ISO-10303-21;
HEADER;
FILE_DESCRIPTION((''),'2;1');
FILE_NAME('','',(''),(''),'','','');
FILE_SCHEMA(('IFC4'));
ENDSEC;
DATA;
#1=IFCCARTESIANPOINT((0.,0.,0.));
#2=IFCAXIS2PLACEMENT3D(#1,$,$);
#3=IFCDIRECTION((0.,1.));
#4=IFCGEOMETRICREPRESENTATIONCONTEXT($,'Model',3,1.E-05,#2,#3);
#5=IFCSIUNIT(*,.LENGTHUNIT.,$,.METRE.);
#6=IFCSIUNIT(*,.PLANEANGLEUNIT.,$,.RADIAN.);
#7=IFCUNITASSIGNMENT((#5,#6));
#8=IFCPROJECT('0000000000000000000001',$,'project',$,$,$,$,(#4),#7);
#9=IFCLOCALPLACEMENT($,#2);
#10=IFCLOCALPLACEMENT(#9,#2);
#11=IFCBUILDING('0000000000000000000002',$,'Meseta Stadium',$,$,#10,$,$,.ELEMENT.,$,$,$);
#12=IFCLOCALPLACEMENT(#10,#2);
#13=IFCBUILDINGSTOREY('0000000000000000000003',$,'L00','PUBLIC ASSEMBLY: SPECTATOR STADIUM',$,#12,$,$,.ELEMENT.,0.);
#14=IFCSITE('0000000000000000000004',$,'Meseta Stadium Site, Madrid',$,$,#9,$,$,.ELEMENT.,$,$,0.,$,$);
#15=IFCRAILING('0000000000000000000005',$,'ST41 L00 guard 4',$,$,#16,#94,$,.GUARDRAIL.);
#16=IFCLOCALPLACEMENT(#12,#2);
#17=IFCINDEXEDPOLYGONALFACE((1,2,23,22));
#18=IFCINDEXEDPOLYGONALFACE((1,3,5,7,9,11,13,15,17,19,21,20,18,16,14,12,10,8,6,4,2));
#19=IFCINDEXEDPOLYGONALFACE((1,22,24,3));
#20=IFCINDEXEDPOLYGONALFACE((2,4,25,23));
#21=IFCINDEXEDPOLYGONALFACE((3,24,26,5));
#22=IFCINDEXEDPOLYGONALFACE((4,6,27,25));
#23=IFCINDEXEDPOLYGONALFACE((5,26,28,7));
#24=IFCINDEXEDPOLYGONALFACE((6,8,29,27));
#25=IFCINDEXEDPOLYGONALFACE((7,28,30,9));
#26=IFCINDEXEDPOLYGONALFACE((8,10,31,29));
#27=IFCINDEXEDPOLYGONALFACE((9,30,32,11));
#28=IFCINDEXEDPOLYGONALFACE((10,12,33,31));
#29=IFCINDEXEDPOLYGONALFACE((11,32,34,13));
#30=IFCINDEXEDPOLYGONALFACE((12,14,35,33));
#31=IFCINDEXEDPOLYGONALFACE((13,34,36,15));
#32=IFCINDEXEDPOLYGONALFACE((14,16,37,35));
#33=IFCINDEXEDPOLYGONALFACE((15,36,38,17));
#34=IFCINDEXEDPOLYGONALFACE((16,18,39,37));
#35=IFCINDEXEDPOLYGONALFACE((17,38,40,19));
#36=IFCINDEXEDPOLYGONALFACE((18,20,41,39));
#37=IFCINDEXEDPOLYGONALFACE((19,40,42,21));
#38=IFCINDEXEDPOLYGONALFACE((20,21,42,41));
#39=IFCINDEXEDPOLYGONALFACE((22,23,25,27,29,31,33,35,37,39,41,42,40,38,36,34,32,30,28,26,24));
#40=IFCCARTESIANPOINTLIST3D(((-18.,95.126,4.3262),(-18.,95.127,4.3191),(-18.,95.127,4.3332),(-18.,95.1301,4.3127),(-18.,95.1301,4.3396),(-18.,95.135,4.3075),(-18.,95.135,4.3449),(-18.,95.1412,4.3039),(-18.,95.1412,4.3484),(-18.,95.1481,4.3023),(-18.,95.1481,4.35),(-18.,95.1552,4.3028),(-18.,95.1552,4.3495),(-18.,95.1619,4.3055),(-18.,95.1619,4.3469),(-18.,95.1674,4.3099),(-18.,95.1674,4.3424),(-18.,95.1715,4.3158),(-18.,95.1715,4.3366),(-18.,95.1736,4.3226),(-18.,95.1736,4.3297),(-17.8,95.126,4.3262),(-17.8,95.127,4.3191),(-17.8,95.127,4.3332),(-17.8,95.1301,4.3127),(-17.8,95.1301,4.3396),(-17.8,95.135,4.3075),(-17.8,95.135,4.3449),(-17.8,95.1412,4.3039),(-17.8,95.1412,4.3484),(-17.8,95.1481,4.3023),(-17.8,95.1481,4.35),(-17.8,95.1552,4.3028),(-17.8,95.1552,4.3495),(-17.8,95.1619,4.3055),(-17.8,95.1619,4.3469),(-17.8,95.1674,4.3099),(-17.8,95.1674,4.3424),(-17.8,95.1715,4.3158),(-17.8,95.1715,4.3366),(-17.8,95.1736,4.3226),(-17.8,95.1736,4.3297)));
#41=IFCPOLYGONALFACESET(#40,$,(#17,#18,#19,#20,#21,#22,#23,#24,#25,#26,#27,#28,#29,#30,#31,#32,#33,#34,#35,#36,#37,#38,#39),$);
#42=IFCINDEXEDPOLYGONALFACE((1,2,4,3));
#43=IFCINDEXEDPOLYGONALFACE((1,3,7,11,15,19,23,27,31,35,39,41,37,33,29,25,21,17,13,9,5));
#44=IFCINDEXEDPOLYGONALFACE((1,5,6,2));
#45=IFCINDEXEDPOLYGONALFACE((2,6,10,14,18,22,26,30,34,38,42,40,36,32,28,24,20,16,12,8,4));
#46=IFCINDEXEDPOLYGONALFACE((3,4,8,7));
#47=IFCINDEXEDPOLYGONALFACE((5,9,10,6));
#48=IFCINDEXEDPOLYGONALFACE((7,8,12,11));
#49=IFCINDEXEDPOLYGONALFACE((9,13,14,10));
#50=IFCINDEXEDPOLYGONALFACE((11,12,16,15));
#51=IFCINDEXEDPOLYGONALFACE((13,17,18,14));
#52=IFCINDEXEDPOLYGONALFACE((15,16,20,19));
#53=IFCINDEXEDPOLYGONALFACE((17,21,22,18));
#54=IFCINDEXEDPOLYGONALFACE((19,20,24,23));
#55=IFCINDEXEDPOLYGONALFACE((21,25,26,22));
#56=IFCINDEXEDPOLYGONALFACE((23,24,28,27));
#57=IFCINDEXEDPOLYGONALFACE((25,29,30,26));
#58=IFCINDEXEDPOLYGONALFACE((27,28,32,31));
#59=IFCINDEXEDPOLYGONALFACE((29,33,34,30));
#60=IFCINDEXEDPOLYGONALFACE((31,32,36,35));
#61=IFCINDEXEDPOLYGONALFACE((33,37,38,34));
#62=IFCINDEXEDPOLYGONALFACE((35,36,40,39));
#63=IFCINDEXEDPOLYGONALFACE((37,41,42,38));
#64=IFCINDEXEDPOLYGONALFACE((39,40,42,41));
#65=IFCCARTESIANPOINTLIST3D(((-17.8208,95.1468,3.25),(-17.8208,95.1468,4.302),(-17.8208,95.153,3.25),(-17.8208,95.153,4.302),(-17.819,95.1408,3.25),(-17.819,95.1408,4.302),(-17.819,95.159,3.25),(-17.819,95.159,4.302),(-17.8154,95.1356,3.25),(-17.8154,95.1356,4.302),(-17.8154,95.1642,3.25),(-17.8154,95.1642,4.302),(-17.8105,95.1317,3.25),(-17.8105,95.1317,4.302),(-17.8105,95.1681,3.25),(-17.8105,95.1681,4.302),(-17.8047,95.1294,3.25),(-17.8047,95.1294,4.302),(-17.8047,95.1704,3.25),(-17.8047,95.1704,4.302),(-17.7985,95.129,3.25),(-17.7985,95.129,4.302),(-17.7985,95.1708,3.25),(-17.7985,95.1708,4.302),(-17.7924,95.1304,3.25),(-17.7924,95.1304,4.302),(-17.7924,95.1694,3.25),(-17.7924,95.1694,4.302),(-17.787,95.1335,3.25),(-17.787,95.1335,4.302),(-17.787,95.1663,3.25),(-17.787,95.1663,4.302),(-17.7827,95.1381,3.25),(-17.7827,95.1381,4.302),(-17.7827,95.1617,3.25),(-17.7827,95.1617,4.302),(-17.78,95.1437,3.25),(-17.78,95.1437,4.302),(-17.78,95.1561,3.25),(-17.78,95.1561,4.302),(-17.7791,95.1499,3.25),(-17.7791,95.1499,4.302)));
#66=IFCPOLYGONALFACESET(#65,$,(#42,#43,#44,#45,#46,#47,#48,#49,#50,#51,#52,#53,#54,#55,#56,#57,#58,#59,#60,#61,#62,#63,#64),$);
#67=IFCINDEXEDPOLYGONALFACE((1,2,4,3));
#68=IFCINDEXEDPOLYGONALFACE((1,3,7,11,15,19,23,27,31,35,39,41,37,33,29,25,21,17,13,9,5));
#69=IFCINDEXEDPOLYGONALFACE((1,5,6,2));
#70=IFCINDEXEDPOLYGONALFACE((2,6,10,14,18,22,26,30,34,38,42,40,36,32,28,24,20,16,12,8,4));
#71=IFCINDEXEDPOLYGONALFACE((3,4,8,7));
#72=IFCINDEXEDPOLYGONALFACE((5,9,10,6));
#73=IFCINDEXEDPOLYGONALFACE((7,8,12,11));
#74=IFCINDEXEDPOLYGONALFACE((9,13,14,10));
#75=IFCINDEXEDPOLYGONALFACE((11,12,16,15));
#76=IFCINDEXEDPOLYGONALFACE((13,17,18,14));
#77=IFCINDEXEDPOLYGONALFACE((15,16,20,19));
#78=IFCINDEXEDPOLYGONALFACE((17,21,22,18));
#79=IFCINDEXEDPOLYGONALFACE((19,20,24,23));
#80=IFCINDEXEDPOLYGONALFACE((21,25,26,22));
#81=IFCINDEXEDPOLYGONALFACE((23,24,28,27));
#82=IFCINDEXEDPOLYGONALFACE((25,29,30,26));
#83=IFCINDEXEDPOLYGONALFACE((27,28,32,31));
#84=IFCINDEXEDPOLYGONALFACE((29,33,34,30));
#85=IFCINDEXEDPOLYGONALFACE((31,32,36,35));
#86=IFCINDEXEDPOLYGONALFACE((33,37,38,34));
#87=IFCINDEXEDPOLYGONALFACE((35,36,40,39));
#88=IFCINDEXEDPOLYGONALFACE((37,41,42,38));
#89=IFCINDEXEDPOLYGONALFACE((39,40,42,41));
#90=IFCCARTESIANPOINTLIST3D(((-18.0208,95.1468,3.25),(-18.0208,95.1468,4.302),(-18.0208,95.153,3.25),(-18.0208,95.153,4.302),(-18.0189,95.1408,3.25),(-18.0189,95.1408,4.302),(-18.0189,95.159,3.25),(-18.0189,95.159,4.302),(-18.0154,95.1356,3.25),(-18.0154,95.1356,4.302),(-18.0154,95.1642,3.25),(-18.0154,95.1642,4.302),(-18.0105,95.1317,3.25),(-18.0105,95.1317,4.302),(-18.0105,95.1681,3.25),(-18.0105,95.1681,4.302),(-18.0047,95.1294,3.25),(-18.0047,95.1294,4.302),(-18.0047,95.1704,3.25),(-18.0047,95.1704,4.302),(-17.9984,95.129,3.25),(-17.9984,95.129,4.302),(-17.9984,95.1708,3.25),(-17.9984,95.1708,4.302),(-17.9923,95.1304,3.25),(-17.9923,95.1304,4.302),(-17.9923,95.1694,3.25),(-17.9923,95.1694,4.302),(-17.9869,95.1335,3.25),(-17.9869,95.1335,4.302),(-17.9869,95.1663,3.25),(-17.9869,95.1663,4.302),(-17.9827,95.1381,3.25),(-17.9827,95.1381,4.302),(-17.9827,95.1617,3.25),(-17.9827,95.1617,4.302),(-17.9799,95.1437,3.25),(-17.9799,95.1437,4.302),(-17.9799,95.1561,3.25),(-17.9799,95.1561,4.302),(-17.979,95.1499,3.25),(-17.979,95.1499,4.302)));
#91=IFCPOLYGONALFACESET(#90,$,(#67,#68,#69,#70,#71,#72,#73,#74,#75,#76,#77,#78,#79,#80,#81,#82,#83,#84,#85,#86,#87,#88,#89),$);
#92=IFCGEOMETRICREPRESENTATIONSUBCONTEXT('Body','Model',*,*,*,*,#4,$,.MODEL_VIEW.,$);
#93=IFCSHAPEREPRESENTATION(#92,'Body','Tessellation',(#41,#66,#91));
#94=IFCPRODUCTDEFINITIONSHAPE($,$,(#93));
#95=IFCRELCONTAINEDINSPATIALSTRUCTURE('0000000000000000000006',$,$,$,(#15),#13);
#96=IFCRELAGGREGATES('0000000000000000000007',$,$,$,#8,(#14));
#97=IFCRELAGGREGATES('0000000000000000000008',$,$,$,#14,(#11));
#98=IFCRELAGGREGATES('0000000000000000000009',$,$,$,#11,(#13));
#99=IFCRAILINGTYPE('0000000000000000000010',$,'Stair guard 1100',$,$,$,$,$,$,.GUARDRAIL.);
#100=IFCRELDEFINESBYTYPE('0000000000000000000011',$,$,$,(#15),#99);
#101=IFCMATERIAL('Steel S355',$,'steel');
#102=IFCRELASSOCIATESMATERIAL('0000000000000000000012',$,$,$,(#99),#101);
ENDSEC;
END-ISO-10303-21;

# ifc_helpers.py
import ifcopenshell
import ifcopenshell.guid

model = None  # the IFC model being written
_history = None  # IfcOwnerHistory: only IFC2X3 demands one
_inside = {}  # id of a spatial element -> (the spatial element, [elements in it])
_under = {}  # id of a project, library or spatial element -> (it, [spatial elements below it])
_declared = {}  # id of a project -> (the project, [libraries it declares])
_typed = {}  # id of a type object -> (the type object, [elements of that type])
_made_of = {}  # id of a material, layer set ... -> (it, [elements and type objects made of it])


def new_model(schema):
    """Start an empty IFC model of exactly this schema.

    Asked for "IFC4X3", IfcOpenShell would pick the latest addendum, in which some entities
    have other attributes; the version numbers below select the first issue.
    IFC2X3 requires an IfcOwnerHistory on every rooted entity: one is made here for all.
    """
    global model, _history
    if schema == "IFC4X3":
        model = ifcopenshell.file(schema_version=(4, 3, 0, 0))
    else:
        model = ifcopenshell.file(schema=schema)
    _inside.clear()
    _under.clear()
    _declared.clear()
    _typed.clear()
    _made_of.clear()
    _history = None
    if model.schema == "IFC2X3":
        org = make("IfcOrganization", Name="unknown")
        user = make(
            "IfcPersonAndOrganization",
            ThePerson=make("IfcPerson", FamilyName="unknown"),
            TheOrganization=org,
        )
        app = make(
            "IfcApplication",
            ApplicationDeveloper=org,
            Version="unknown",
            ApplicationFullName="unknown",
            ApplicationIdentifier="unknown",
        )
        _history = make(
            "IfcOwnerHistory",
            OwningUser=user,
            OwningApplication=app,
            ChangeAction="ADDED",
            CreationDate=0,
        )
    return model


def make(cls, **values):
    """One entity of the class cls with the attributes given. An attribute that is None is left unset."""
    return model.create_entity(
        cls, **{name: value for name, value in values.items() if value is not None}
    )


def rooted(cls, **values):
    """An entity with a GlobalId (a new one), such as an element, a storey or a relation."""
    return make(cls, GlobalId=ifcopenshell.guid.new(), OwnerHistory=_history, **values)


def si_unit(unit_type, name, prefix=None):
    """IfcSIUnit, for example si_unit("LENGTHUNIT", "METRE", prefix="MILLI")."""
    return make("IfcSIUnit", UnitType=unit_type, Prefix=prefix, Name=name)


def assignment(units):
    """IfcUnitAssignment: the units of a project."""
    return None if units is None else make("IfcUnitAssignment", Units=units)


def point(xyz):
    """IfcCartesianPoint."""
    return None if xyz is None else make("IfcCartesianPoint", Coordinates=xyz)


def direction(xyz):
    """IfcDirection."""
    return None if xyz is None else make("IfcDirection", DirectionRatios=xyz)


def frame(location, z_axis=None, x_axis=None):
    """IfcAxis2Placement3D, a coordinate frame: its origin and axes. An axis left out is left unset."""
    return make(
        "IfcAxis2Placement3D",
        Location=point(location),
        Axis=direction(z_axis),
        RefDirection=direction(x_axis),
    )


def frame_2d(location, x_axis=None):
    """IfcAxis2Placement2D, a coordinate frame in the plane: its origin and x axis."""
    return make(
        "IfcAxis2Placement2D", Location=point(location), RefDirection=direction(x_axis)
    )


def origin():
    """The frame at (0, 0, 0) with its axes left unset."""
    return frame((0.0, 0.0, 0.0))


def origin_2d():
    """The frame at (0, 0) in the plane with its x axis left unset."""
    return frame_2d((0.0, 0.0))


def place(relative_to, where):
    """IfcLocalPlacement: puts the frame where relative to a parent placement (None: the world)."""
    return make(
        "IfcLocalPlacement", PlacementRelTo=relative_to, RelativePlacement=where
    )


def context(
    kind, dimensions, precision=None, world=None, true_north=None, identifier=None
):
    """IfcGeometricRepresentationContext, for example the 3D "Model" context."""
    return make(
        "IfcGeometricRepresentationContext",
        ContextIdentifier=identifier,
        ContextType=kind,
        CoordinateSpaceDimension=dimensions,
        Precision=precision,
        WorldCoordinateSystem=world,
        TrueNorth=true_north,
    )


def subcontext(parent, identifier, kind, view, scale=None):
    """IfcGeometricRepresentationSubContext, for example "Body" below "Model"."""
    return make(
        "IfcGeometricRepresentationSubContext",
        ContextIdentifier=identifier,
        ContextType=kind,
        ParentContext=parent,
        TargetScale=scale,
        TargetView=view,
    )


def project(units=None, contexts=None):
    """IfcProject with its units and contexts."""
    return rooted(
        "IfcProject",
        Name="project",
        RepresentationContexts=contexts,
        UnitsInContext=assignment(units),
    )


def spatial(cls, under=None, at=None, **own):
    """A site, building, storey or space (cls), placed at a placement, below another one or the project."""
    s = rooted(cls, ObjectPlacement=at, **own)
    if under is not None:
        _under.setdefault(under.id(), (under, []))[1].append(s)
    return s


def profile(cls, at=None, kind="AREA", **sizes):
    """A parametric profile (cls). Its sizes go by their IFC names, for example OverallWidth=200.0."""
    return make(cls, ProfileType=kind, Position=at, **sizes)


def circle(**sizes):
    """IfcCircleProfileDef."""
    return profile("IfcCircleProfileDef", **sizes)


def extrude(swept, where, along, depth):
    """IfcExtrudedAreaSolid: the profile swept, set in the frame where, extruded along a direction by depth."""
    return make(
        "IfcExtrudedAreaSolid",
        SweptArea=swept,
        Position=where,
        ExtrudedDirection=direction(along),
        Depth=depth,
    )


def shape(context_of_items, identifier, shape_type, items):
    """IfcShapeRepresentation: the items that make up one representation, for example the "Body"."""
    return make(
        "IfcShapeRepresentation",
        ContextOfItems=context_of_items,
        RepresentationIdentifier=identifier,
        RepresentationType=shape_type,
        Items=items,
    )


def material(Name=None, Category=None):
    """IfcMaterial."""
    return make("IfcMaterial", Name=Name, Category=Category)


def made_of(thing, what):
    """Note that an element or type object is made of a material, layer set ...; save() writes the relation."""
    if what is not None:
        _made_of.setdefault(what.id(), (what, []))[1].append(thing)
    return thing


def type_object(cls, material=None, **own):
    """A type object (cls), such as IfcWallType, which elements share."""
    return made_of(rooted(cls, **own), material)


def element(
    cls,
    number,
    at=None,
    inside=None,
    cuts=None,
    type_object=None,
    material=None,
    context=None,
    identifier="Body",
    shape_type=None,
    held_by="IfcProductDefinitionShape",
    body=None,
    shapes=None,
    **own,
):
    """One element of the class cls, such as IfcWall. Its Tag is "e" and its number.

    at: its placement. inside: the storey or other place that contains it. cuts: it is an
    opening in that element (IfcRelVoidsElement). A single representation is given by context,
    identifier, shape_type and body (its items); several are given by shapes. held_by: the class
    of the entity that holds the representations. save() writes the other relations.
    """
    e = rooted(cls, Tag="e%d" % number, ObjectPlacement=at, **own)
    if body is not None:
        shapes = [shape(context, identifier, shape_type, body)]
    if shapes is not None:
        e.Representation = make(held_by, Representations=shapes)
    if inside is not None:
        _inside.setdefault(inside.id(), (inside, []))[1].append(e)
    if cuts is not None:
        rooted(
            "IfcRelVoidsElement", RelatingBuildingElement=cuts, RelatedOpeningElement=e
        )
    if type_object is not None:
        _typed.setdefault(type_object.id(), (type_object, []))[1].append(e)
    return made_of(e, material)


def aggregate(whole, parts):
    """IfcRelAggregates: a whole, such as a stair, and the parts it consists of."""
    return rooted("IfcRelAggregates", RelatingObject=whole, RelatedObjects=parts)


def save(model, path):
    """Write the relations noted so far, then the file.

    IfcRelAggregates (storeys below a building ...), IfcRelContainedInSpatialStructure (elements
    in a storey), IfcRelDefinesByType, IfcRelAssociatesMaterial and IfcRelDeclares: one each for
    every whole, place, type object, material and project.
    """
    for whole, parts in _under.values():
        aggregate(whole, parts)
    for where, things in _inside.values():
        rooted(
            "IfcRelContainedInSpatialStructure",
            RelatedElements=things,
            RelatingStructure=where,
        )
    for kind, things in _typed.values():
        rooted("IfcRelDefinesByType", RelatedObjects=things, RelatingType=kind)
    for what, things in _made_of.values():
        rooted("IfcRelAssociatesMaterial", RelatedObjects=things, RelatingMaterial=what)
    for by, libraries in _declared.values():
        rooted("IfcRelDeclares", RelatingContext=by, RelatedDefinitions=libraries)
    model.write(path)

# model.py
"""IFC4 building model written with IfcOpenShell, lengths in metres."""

from ifc_helpers import new_model, si_unit, direction, frame, origin, origin_2d, place, context, subcontext, project, spatial, circle, extrude, material, type_object, element, save


model = new_model("IFC4")

# Units and contexts
model_context = context("Model", 3, precision=1e-05, world=origin(), true_north=direction((0.0, 1.0)))
body_context = subcontext(model_context, "Body", "Model", "MODEL_VIEW")
ifc_project = project(units=[si_unit("LENGTHUNIT", "METRE"), si_unit("PLANEANGLEUNIT", "RADIAN")], contexts=[model_context])

# Site, building, storey
site_placement = place(None, origin())
site = spatial("IfcSite", under=ifc_project, at=site_placement, Name="Meseta Stadium Site, Madrid", CompositionType="ELEMENT", RefElevation=0.0)
building_placement = place(site_placement, origin())
building = spatial("IfcBuilding", under=site, at=building_placement, Name="Meseta Stadium", CompositionType="ELEMENT")
storey_placement = place(building_placement, origin())
storey = spatial("IfcBuildingStorey", under=building, at=storey_placement, Name="L00", Description="PUBLIC ASSEMBLY: SPECTATOR STADIUM", CompositionType="ELEMENT", Elevation=0.0)

# Railing
ifc_material_1 = material(Name="Steel S355", Category="steel")
railing_type_1 = type_object("IfcRailingType", Name="Stair guard 1100", PredefinedType="GUARDRAIL", material=ifc_material_1)
railing_1_placement = place(storey_placement, frame((-17.8, 95.1499, 3.25)))
element("IfcRailing", 1, at=railing_1_placement, inside=storey, type_object=railing_type_1, Name="ST41 L00 guard 4", PredefinedType="GUARDRAIL", context=body_context, shape_type="SweptSolid", body=[
    extrude(circle(Radius=0.0239, at=origin_2d()), frame((0.0, 0.0, 1.0762), z_axis=(-1.0, 0.0, 0.0), x_axis=(0.0, -1.0, 0.0)), (0.0, 0.0, 1.0), 0.2),
    extrude(circle(Radius=0.021, at=origin_2d()), origin(), (0.0, 0.0, 1.0), 1.052),
    extrude(circle(Radius=0.021, at=origin_2d()), frame((-0.2, 0.0, 0.0)), (0.0, 0.0, 1.0), 1.052),
])

save(model, "model.ifc")
